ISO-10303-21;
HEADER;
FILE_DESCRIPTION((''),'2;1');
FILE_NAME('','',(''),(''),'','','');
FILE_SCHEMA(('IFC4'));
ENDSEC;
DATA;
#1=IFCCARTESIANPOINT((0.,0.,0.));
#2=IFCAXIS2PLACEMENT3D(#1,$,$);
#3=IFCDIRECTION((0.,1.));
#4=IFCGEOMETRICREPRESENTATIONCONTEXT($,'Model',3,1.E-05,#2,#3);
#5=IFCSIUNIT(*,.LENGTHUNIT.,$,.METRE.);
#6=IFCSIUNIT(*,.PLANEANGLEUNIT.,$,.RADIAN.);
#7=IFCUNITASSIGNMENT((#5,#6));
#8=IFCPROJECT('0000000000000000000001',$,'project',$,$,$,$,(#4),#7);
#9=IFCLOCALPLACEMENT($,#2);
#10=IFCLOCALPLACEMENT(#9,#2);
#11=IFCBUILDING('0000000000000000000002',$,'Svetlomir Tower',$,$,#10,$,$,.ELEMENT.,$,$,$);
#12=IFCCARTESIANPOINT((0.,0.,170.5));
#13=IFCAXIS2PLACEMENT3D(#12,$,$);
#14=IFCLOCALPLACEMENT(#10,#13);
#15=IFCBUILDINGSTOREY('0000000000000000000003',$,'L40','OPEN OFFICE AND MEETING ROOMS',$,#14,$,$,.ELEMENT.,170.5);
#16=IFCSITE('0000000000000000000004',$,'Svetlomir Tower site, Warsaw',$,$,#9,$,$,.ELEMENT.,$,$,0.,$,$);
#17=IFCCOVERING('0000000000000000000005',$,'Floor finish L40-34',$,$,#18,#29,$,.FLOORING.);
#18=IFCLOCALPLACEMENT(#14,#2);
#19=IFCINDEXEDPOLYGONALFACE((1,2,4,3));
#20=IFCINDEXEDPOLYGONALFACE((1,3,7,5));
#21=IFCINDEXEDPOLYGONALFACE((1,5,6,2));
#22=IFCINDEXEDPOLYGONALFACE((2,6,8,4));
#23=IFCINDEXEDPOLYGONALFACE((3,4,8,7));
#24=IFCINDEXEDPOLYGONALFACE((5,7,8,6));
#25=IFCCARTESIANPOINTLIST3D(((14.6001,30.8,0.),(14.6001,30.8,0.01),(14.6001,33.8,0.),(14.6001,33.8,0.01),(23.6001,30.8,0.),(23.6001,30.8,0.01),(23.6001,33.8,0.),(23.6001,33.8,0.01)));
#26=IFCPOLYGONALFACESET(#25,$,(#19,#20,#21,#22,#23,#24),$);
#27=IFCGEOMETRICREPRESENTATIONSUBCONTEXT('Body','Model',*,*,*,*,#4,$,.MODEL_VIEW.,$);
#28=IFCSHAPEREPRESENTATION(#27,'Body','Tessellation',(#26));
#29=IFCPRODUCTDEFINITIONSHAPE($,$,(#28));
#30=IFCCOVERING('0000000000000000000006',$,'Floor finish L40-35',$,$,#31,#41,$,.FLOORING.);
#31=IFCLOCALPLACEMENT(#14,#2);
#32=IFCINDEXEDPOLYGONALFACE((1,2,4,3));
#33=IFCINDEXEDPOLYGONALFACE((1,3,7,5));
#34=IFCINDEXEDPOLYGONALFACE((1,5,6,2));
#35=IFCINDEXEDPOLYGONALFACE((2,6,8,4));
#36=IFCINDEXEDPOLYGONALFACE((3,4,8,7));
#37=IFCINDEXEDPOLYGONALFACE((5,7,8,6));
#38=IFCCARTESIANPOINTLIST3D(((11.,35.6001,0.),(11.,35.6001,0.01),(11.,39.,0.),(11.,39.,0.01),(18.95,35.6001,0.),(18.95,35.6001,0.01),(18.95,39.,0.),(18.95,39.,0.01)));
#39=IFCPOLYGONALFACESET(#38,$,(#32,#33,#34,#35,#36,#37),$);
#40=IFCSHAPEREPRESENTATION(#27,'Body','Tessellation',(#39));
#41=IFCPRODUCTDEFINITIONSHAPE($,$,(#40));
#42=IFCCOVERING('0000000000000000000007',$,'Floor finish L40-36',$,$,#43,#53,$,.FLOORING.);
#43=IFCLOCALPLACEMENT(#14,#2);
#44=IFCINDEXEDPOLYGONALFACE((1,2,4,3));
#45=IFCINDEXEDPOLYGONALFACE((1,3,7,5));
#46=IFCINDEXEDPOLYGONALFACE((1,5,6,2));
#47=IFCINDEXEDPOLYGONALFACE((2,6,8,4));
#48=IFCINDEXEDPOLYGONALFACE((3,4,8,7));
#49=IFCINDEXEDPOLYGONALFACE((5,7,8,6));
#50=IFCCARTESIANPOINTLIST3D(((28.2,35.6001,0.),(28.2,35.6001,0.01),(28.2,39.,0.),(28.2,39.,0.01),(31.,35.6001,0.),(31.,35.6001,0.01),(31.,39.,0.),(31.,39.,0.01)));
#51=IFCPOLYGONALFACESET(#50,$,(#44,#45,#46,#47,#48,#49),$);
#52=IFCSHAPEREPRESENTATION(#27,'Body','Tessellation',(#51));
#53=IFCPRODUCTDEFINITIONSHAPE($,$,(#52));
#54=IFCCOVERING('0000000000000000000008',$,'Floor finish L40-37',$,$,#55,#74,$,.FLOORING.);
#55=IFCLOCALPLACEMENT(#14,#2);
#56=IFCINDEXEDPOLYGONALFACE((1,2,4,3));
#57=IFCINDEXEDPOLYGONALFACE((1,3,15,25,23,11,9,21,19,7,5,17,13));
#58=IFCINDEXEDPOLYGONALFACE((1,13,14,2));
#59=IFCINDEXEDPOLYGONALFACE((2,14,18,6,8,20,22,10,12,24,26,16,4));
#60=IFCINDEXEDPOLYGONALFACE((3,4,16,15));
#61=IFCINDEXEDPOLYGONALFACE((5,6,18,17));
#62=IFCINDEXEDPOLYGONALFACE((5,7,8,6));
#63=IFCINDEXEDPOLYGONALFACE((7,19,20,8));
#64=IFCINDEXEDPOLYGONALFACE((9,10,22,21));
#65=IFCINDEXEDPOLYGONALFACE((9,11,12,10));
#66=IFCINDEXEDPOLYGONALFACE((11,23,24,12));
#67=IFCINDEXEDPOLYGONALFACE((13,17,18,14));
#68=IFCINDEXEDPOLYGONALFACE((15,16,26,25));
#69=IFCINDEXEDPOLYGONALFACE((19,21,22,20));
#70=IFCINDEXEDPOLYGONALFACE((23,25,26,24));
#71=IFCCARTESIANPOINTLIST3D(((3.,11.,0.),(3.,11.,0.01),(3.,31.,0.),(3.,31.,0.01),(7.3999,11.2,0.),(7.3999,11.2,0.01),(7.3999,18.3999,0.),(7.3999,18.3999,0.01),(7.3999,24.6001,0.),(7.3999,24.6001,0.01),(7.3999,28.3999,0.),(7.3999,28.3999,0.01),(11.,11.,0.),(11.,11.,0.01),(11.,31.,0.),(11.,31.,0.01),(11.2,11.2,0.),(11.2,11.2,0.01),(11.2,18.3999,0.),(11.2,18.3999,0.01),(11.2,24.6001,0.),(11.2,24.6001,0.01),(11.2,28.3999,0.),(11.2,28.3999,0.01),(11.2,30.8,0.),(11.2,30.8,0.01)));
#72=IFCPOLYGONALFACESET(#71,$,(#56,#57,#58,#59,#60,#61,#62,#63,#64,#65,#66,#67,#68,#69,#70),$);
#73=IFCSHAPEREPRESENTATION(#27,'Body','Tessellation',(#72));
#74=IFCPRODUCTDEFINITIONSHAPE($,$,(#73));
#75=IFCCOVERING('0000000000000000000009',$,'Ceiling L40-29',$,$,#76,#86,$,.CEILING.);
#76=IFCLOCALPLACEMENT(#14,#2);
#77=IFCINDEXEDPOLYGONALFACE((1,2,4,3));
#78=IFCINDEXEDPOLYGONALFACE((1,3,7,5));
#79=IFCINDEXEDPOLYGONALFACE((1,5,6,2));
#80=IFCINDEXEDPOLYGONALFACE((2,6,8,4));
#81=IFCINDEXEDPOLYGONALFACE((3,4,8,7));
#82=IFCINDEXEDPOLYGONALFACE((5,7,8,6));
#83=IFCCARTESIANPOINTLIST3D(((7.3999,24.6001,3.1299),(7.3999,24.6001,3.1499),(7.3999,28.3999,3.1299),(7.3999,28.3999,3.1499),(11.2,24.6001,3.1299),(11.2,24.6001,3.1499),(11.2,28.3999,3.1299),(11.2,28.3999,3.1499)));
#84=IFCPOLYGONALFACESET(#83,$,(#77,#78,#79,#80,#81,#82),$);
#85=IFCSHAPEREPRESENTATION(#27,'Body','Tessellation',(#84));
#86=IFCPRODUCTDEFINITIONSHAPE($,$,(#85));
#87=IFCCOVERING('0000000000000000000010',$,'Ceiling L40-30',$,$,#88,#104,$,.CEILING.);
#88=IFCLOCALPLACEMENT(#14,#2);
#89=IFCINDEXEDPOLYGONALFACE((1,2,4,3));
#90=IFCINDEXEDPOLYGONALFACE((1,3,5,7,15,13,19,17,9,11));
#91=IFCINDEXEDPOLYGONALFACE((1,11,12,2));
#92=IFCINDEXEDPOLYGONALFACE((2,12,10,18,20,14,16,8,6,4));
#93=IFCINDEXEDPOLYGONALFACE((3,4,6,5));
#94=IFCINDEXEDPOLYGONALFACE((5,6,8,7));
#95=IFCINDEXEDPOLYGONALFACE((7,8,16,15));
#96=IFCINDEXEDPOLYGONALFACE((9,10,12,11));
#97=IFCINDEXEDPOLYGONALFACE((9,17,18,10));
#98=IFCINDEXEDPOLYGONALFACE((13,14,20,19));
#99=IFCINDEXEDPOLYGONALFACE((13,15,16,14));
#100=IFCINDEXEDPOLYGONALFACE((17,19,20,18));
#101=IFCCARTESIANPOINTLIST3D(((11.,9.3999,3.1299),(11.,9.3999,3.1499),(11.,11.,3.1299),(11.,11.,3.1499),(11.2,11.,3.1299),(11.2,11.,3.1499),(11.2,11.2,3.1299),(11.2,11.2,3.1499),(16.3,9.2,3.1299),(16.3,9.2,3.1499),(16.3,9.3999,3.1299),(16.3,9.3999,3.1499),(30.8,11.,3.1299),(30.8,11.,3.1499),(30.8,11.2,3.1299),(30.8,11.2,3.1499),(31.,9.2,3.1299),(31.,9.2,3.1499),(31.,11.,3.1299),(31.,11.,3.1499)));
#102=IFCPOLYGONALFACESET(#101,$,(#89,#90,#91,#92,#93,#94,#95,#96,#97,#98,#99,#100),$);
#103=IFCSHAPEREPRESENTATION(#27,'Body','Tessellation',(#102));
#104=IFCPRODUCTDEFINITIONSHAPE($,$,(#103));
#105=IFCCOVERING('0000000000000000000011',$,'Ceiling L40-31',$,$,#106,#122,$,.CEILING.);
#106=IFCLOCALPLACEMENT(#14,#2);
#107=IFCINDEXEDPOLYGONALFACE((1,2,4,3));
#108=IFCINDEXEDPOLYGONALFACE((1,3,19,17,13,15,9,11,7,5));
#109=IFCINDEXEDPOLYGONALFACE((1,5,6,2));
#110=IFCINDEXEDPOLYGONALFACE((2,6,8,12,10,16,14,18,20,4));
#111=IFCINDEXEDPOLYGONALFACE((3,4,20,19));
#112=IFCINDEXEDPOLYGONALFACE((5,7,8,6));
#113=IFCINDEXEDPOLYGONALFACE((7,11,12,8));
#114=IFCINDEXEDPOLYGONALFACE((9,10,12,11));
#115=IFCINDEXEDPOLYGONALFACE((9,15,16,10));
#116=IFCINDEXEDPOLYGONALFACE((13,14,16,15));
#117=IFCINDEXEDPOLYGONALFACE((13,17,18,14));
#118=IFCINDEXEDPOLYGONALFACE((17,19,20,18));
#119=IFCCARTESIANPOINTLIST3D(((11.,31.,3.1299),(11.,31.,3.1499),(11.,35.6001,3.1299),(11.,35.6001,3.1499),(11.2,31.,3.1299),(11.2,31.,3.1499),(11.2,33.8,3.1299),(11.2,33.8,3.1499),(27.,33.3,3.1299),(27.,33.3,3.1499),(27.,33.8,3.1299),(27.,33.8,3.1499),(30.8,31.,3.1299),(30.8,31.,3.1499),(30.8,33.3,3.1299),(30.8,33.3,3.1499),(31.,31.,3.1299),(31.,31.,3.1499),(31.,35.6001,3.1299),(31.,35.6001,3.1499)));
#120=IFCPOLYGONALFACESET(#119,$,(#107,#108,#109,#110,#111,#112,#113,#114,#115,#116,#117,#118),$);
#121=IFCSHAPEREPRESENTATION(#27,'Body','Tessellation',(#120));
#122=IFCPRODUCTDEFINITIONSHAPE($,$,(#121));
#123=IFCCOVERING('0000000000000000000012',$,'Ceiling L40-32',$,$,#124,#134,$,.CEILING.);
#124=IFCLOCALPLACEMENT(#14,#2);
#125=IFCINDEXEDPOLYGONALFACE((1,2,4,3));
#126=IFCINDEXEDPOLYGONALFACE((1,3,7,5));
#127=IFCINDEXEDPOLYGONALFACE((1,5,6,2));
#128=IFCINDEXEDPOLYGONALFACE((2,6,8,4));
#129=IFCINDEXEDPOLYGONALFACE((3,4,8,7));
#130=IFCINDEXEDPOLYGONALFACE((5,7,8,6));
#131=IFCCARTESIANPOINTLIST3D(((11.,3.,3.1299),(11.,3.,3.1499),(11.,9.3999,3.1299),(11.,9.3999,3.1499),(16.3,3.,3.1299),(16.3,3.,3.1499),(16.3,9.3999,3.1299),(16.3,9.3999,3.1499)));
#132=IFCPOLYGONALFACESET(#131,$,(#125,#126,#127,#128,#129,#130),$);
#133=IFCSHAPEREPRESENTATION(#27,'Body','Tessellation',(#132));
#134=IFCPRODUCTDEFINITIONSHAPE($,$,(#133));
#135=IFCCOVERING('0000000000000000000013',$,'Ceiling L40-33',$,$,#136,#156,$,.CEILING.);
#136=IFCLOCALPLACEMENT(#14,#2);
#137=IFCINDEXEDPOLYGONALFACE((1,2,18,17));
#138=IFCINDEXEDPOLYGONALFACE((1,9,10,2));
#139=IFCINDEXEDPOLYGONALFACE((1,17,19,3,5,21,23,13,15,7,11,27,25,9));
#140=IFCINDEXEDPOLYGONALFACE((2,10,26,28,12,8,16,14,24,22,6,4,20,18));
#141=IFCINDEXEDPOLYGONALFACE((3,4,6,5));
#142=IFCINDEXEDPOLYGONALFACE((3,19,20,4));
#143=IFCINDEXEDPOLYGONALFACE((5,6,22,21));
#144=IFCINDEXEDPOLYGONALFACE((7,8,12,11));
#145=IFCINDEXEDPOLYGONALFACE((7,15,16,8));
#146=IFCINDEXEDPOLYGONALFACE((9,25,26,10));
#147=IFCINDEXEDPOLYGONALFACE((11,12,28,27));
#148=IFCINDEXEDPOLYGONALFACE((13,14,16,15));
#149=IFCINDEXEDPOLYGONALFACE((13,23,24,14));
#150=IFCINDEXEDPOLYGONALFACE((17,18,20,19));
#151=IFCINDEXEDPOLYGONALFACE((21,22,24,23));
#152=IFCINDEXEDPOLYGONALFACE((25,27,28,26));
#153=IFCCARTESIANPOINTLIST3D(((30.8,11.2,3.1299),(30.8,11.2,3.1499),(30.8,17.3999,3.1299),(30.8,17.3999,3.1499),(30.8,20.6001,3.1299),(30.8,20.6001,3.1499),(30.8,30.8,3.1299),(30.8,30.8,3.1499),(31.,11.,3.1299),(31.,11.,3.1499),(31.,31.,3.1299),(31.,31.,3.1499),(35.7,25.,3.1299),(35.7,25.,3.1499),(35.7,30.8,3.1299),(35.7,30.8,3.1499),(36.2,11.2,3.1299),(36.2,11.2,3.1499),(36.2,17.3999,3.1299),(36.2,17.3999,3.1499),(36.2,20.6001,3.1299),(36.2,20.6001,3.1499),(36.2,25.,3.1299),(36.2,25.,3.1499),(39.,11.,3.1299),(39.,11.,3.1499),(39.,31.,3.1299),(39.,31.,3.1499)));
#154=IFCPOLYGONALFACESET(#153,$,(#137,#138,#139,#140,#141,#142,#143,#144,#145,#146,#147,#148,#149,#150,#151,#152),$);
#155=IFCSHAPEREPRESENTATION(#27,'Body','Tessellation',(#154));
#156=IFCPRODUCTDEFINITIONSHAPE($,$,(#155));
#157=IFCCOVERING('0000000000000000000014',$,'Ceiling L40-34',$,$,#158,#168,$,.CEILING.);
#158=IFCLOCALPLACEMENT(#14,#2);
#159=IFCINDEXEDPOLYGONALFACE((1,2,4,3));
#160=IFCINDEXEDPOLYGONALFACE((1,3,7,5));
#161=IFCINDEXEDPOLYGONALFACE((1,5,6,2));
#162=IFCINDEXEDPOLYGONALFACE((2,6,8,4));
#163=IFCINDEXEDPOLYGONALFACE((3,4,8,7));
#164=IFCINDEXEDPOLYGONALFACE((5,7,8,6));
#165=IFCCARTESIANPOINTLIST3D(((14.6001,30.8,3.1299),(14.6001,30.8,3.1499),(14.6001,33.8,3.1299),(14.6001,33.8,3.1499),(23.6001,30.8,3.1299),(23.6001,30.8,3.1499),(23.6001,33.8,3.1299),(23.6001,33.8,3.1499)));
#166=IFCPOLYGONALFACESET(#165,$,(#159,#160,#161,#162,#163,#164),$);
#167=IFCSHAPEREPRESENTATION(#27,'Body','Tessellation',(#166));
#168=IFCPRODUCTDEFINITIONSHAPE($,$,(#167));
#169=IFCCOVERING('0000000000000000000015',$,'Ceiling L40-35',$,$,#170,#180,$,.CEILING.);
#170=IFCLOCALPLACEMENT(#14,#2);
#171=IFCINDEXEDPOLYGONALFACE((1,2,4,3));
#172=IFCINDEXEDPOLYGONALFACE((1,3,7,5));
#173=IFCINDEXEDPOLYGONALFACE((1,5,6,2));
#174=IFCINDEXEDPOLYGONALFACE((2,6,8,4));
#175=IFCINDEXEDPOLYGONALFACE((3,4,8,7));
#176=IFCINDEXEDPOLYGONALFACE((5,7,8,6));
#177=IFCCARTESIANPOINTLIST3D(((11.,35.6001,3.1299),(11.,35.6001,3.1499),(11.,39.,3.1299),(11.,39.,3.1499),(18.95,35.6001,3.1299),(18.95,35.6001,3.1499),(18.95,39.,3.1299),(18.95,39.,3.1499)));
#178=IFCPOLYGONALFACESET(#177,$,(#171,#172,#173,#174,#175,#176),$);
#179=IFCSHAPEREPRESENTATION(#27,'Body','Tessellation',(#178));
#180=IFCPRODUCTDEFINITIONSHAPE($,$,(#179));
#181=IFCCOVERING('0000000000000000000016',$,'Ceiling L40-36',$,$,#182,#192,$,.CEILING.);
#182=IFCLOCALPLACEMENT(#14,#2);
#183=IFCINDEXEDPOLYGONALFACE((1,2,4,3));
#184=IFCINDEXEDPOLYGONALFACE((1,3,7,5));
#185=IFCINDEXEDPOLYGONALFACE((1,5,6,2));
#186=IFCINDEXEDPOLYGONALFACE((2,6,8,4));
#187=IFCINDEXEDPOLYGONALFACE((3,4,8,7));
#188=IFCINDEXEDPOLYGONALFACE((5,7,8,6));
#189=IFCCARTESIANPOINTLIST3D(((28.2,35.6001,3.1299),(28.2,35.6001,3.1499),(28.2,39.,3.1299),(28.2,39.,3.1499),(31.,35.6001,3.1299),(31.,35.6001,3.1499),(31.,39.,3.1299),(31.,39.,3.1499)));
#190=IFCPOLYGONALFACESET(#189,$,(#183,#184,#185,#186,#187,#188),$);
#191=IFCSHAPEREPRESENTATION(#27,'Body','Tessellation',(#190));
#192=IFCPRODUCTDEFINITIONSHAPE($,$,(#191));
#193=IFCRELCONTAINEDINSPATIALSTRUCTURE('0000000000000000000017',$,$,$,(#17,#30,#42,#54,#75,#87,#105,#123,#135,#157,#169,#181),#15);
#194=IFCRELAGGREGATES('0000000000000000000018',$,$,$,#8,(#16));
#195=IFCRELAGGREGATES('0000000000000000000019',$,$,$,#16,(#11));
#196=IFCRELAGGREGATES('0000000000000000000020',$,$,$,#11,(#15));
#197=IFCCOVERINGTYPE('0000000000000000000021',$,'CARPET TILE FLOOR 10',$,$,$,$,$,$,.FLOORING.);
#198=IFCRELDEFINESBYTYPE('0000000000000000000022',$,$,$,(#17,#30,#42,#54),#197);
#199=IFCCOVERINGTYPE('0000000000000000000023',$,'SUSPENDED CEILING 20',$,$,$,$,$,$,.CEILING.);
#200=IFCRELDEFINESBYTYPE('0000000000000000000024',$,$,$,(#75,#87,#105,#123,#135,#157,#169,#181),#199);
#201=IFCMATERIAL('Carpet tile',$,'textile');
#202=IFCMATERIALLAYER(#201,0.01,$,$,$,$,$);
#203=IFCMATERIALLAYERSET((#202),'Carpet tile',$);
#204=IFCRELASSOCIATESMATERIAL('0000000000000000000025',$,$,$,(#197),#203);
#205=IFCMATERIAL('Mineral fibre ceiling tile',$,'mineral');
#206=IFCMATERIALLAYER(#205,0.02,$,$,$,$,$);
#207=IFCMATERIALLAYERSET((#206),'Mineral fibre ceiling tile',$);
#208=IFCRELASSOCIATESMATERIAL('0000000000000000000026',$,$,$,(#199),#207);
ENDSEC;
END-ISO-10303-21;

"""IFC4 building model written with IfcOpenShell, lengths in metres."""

from ifc_helpers import new_model, si_unit, direction, frame, origin, place, context, subcontext, project, spatial, polyline, outline, extrude, material, layer, layer_set, type_object, element, save


model = new_model("IFC4")

# Units and contexts
model_context = context("Model", 3, precision=1e-05, world=origin(), true_north=direction((0.0, 1.0)))
body_context = subcontext(model_context, "Body", "Model", "MODEL_VIEW")
ifc_project = project(units=[si_unit("LENGTHUNIT", "METRE"), si_unit("PLANEANGLEUNIT", "RADIAN")], contexts=[model_context])

# Site, building, storey
site_placement = place(None, origin())
site = spatial("IfcSite", under=ifc_project, at=site_placement, Name="Svetlomir Tower site, Warsaw", CompositionType="ELEMENT", RefElevation=0.0)
building_placement = place(site_placement, origin())
building = spatial("IfcBuilding", under=site, at=building_placement, Name="Svetlomir Tower", CompositionType="ELEMENT")
storey_placement = place(building_placement, frame((0.0, 0.0, 170.5)))
storey = spatial("IfcBuildingStorey", under=building, at=storey_placement, Name="L40", Description="OPEN OFFICE AND MEETING ROOMS", CompositionType="ELEMENT", Elevation=170.5)

# Coverings
ifc_material_1 = material(Name="Carpet tile", Category="textile")
ifc_layer_1 = layer(ifc_material_1, 0.01)
ifc_layer_set_1 = layer_set([ifc_layer_1], Name="Carpet tile")
covering_type_1 = type_object("IfcCoveringType", Name="CARPET TILE FLOOR 10", PredefinedType="FLOORING", material=ifc_layer_set_1)
covering_1_placement = place(storey_placement, origin())
element("IfcCovering", 1, at=covering_1_placement, inside=storey, type_object=covering_type_1, Name="Floor finish L40-34", PredefinedType="FLOORING", context=body_context, shape_type="SweptSolid", body=[
    extrude(outline(polyline([(14.6001, 30.8), (14.6001, 33.8), (23.6001, 33.8), (23.6001, 30.8), (14.6001, 30.8)])), origin(), (0.0, 0.0, 1.0), 0.01),
])
covering_2_placement = place(storey_placement, origin())
element("IfcCovering", 2, at=covering_2_placement, inside=storey, type_object=covering_type_1, Name="Floor finish L40-35", PredefinedType="FLOORING", context=body_context, shape_type="SweptSolid", body=[
    extrude(outline(polyline([(18.95, 35.6001), (11.0, 35.6001), (11.0, 39.0), (18.95, 39.0), (18.95, 35.6001)])), origin(), (0.0, 0.0, 1.0), 0.01),
])
covering_3_placement = place(storey_placement, origin())
element("IfcCovering", 3, at=covering_3_placement, inside=storey, type_object=covering_type_1, Name="Floor finish L40-36", PredefinedType="FLOORING", context=body_context, shape_type="SweptSolid", body=[
    extrude(outline(polyline([(28.2, 35.6001), (28.2, 39.0), (31.0, 39.0), (31.0, 35.6001), (28.2, 35.6001)])), origin(), (0.0, 0.0, 1.0), 0.01),
])
covering_4_placement = place(storey_placement, origin())
element("IfcCovering", 4, at=covering_4_placement, inside=storey, type_object=covering_type_1, Name="Floor finish L40-37", PredefinedType="FLOORING", context=body_context, shape_type="SweptSolid", body=[
    extrude(outline(polyline([(3.0, 31.0), (11.0, 31.0), (11.2, 30.8), (11.2, 28.3999), (7.3999, 28.3999), (7.3999, 24.6001), (11.2, 24.6001), (11.2, 18.3999), (7.3999, 18.3999), (7.3999, 11.2), (11.2, 11.2), (11.0, 11.0), (3.0, 11.0), (3.0, 31.0)])), origin(), (0.0, 0.0, 1.0), 0.01),
])
ifc_material_2 = material(Name="Mineral fibre ceiling tile", Category="mineral")
ifc_layer_2 = layer(ifc_material_2, 0.02)
ifc_layer_set_2 = layer_set([ifc_layer_2], Name="Mineral fibre ceiling tile")
covering_type_2 = type_object("IfcCoveringType", Name="SUSPENDED CEILING 20", PredefinedType="CEILING", material=ifc_layer_set_2)
covering_5_placement = place(storey_placement, frame((0.0, 0.0, 3.1299)))
element("IfcCovering", 5, at=covering_5_placement, inside=storey, type_object=covering_type_2, Name="Ceiling L40-29", PredefinedType="CEILING", context=body_context, shape_type="SweptSolid", body=[
    extrude(outline(polyline([(7.3999, 24.6001), (11.2, 24.6001), (11.2, 28.3999), (7.3999, 28.3999), (7.3999, 24.6001)])), origin(), (0.0, 0.0, 1.0), 0.02),
])
covering_6_placement = place(storey_placement, frame((0.0, 0.0, 3.1299)))
element("IfcCovering", 6, at=covering_6_placement, inside=storey, type_object=covering_type_2, Name="Ceiling L40-30", PredefinedType="CEILING", context=body_context, shape_type="SweptSolid", body=[
    extrude(outline(polyline([(16.3, 9.2), (16.3, 9.3999), (11.0, 9.3999), (11.0, 11.0), (11.2, 11.0), (11.2, 11.2), (30.8, 11.2), (30.8, 11.0), (31.0, 11.0), (31.0, 9.2), (16.3, 9.2)])), origin(), (0.0, 0.0, 1.0), 0.02),
])
covering_7_placement = place(storey_placement, frame((0.0, 0.0, 3.1299)))
element("IfcCovering", 7, at=covering_7_placement, inside=storey, type_object=covering_type_2, Name="Ceiling L40-31", PredefinedType="CEILING", context=body_context, shape_type="SweptSolid", body=[
    extrude(outline(polyline([(11.2, 33.8), (11.2, 31.0), (11.0, 31.0), (11.0, 35.6001), (31.0, 35.6001), (31.0, 31.0), (30.8, 31.0), (30.8, 33.3), (27.0, 33.3), (27.0, 33.8), (11.2, 33.8)])), origin(), (0.0, 0.0, 1.0), 0.02),
])
covering_8_placement = place(storey_placement, frame((0.0, 0.0, 3.1299)))
element("IfcCovering", 8, at=covering_8_placement, inside=storey, type_object=covering_type_2, Name="Ceiling L40-32", PredefinedType="CEILING", context=body_context, shape_type="SweptSolid", body=[
    extrude(outline(polyline([(16.3, 9.3999), (16.3, 3.0), (11.0, 3.0), (11.0, 9.3999), (16.3, 9.3999)])), origin(), (0.0, 0.0, 1.0), 0.02),
])
covering_9_placement = place(storey_placement, frame((0.0, 0.0, 3.1299)))
element("IfcCovering", 9, at=covering_9_placement, inside=storey, type_object=covering_type_2, Name="Ceiling L40-33", PredefinedType="CEILING", context=body_context, shape_type="SweptSolid", body=[
    extrude(outline(polyline([(30.8, 30.8), (31.0, 31.0), (39.0, 31.0), (39.0, 11.0), (31.0, 11.0), (30.8, 11.2), (36.2, 11.2), (36.2, 17.3999), (30.8, 17.3999), (30.8, 20.6001), (36.2, 20.6001), (36.2, 25.0), (35.7, 25.0), (35.7, 30.8), (30.8, 30.8)])), origin(), (0.0, 0.0, 1.0), 0.02),
])
covering_10_placement = place(storey_placement, frame((0.0, 0.0, 3.1299)))
element("IfcCovering", 10, at=covering_10_placement, inside=storey, type_object=covering_type_2, Name="Ceiling L40-34", PredefinedType="CEILING", context=body_context, shape_type="SweptSolid", body=[
    extrude(outline(polyline([(14.6001, 30.8), (14.6001, 33.8), (23.6001, 33.8), (23.6001, 30.8), (14.6001, 30.8)])), origin(), (0.0, 0.0, 1.0), 0.02),
])
covering_11_placement = place(storey_placement, frame((0.0, 0.0, 3.1299)))
element("IfcCovering", 11, at=covering_11_placement, inside=storey, type_object=covering_type_2, Name="Ceiling L40-35", PredefinedType="CEILING", context=body_context, shape_type="SweptSolid", body=[
    extrude(outline(polyline([(18.95, 35.6001), (11.0, 35.6001), (11.0, 39.0), (18.95, 39.0), (18.95, 35.6001)])), origin(), (0.0, 0.0, 1.0), 0.02),
])
covering_12_placement = place(storey_placement, frame((0.0, 0.0, 3.1299)))
element("IfcCovering", 12, at=covering_12_placement, inside=storey, type_object=covering_type_2, Name="Ceiling L40-36", PredefinedType="CEILING", context=body_context, shape_type="SweptSolid", body=[
    extrude(outline(polyline([(28.2, 35.6001), (28.2, 39.0), (31.0, 39.0), (31.0, 35.6001), (28.2, 35.6001)])), origin(), (0.0, 0.0, 1.0), 0.02),
])

save(model, "model.ifc")
